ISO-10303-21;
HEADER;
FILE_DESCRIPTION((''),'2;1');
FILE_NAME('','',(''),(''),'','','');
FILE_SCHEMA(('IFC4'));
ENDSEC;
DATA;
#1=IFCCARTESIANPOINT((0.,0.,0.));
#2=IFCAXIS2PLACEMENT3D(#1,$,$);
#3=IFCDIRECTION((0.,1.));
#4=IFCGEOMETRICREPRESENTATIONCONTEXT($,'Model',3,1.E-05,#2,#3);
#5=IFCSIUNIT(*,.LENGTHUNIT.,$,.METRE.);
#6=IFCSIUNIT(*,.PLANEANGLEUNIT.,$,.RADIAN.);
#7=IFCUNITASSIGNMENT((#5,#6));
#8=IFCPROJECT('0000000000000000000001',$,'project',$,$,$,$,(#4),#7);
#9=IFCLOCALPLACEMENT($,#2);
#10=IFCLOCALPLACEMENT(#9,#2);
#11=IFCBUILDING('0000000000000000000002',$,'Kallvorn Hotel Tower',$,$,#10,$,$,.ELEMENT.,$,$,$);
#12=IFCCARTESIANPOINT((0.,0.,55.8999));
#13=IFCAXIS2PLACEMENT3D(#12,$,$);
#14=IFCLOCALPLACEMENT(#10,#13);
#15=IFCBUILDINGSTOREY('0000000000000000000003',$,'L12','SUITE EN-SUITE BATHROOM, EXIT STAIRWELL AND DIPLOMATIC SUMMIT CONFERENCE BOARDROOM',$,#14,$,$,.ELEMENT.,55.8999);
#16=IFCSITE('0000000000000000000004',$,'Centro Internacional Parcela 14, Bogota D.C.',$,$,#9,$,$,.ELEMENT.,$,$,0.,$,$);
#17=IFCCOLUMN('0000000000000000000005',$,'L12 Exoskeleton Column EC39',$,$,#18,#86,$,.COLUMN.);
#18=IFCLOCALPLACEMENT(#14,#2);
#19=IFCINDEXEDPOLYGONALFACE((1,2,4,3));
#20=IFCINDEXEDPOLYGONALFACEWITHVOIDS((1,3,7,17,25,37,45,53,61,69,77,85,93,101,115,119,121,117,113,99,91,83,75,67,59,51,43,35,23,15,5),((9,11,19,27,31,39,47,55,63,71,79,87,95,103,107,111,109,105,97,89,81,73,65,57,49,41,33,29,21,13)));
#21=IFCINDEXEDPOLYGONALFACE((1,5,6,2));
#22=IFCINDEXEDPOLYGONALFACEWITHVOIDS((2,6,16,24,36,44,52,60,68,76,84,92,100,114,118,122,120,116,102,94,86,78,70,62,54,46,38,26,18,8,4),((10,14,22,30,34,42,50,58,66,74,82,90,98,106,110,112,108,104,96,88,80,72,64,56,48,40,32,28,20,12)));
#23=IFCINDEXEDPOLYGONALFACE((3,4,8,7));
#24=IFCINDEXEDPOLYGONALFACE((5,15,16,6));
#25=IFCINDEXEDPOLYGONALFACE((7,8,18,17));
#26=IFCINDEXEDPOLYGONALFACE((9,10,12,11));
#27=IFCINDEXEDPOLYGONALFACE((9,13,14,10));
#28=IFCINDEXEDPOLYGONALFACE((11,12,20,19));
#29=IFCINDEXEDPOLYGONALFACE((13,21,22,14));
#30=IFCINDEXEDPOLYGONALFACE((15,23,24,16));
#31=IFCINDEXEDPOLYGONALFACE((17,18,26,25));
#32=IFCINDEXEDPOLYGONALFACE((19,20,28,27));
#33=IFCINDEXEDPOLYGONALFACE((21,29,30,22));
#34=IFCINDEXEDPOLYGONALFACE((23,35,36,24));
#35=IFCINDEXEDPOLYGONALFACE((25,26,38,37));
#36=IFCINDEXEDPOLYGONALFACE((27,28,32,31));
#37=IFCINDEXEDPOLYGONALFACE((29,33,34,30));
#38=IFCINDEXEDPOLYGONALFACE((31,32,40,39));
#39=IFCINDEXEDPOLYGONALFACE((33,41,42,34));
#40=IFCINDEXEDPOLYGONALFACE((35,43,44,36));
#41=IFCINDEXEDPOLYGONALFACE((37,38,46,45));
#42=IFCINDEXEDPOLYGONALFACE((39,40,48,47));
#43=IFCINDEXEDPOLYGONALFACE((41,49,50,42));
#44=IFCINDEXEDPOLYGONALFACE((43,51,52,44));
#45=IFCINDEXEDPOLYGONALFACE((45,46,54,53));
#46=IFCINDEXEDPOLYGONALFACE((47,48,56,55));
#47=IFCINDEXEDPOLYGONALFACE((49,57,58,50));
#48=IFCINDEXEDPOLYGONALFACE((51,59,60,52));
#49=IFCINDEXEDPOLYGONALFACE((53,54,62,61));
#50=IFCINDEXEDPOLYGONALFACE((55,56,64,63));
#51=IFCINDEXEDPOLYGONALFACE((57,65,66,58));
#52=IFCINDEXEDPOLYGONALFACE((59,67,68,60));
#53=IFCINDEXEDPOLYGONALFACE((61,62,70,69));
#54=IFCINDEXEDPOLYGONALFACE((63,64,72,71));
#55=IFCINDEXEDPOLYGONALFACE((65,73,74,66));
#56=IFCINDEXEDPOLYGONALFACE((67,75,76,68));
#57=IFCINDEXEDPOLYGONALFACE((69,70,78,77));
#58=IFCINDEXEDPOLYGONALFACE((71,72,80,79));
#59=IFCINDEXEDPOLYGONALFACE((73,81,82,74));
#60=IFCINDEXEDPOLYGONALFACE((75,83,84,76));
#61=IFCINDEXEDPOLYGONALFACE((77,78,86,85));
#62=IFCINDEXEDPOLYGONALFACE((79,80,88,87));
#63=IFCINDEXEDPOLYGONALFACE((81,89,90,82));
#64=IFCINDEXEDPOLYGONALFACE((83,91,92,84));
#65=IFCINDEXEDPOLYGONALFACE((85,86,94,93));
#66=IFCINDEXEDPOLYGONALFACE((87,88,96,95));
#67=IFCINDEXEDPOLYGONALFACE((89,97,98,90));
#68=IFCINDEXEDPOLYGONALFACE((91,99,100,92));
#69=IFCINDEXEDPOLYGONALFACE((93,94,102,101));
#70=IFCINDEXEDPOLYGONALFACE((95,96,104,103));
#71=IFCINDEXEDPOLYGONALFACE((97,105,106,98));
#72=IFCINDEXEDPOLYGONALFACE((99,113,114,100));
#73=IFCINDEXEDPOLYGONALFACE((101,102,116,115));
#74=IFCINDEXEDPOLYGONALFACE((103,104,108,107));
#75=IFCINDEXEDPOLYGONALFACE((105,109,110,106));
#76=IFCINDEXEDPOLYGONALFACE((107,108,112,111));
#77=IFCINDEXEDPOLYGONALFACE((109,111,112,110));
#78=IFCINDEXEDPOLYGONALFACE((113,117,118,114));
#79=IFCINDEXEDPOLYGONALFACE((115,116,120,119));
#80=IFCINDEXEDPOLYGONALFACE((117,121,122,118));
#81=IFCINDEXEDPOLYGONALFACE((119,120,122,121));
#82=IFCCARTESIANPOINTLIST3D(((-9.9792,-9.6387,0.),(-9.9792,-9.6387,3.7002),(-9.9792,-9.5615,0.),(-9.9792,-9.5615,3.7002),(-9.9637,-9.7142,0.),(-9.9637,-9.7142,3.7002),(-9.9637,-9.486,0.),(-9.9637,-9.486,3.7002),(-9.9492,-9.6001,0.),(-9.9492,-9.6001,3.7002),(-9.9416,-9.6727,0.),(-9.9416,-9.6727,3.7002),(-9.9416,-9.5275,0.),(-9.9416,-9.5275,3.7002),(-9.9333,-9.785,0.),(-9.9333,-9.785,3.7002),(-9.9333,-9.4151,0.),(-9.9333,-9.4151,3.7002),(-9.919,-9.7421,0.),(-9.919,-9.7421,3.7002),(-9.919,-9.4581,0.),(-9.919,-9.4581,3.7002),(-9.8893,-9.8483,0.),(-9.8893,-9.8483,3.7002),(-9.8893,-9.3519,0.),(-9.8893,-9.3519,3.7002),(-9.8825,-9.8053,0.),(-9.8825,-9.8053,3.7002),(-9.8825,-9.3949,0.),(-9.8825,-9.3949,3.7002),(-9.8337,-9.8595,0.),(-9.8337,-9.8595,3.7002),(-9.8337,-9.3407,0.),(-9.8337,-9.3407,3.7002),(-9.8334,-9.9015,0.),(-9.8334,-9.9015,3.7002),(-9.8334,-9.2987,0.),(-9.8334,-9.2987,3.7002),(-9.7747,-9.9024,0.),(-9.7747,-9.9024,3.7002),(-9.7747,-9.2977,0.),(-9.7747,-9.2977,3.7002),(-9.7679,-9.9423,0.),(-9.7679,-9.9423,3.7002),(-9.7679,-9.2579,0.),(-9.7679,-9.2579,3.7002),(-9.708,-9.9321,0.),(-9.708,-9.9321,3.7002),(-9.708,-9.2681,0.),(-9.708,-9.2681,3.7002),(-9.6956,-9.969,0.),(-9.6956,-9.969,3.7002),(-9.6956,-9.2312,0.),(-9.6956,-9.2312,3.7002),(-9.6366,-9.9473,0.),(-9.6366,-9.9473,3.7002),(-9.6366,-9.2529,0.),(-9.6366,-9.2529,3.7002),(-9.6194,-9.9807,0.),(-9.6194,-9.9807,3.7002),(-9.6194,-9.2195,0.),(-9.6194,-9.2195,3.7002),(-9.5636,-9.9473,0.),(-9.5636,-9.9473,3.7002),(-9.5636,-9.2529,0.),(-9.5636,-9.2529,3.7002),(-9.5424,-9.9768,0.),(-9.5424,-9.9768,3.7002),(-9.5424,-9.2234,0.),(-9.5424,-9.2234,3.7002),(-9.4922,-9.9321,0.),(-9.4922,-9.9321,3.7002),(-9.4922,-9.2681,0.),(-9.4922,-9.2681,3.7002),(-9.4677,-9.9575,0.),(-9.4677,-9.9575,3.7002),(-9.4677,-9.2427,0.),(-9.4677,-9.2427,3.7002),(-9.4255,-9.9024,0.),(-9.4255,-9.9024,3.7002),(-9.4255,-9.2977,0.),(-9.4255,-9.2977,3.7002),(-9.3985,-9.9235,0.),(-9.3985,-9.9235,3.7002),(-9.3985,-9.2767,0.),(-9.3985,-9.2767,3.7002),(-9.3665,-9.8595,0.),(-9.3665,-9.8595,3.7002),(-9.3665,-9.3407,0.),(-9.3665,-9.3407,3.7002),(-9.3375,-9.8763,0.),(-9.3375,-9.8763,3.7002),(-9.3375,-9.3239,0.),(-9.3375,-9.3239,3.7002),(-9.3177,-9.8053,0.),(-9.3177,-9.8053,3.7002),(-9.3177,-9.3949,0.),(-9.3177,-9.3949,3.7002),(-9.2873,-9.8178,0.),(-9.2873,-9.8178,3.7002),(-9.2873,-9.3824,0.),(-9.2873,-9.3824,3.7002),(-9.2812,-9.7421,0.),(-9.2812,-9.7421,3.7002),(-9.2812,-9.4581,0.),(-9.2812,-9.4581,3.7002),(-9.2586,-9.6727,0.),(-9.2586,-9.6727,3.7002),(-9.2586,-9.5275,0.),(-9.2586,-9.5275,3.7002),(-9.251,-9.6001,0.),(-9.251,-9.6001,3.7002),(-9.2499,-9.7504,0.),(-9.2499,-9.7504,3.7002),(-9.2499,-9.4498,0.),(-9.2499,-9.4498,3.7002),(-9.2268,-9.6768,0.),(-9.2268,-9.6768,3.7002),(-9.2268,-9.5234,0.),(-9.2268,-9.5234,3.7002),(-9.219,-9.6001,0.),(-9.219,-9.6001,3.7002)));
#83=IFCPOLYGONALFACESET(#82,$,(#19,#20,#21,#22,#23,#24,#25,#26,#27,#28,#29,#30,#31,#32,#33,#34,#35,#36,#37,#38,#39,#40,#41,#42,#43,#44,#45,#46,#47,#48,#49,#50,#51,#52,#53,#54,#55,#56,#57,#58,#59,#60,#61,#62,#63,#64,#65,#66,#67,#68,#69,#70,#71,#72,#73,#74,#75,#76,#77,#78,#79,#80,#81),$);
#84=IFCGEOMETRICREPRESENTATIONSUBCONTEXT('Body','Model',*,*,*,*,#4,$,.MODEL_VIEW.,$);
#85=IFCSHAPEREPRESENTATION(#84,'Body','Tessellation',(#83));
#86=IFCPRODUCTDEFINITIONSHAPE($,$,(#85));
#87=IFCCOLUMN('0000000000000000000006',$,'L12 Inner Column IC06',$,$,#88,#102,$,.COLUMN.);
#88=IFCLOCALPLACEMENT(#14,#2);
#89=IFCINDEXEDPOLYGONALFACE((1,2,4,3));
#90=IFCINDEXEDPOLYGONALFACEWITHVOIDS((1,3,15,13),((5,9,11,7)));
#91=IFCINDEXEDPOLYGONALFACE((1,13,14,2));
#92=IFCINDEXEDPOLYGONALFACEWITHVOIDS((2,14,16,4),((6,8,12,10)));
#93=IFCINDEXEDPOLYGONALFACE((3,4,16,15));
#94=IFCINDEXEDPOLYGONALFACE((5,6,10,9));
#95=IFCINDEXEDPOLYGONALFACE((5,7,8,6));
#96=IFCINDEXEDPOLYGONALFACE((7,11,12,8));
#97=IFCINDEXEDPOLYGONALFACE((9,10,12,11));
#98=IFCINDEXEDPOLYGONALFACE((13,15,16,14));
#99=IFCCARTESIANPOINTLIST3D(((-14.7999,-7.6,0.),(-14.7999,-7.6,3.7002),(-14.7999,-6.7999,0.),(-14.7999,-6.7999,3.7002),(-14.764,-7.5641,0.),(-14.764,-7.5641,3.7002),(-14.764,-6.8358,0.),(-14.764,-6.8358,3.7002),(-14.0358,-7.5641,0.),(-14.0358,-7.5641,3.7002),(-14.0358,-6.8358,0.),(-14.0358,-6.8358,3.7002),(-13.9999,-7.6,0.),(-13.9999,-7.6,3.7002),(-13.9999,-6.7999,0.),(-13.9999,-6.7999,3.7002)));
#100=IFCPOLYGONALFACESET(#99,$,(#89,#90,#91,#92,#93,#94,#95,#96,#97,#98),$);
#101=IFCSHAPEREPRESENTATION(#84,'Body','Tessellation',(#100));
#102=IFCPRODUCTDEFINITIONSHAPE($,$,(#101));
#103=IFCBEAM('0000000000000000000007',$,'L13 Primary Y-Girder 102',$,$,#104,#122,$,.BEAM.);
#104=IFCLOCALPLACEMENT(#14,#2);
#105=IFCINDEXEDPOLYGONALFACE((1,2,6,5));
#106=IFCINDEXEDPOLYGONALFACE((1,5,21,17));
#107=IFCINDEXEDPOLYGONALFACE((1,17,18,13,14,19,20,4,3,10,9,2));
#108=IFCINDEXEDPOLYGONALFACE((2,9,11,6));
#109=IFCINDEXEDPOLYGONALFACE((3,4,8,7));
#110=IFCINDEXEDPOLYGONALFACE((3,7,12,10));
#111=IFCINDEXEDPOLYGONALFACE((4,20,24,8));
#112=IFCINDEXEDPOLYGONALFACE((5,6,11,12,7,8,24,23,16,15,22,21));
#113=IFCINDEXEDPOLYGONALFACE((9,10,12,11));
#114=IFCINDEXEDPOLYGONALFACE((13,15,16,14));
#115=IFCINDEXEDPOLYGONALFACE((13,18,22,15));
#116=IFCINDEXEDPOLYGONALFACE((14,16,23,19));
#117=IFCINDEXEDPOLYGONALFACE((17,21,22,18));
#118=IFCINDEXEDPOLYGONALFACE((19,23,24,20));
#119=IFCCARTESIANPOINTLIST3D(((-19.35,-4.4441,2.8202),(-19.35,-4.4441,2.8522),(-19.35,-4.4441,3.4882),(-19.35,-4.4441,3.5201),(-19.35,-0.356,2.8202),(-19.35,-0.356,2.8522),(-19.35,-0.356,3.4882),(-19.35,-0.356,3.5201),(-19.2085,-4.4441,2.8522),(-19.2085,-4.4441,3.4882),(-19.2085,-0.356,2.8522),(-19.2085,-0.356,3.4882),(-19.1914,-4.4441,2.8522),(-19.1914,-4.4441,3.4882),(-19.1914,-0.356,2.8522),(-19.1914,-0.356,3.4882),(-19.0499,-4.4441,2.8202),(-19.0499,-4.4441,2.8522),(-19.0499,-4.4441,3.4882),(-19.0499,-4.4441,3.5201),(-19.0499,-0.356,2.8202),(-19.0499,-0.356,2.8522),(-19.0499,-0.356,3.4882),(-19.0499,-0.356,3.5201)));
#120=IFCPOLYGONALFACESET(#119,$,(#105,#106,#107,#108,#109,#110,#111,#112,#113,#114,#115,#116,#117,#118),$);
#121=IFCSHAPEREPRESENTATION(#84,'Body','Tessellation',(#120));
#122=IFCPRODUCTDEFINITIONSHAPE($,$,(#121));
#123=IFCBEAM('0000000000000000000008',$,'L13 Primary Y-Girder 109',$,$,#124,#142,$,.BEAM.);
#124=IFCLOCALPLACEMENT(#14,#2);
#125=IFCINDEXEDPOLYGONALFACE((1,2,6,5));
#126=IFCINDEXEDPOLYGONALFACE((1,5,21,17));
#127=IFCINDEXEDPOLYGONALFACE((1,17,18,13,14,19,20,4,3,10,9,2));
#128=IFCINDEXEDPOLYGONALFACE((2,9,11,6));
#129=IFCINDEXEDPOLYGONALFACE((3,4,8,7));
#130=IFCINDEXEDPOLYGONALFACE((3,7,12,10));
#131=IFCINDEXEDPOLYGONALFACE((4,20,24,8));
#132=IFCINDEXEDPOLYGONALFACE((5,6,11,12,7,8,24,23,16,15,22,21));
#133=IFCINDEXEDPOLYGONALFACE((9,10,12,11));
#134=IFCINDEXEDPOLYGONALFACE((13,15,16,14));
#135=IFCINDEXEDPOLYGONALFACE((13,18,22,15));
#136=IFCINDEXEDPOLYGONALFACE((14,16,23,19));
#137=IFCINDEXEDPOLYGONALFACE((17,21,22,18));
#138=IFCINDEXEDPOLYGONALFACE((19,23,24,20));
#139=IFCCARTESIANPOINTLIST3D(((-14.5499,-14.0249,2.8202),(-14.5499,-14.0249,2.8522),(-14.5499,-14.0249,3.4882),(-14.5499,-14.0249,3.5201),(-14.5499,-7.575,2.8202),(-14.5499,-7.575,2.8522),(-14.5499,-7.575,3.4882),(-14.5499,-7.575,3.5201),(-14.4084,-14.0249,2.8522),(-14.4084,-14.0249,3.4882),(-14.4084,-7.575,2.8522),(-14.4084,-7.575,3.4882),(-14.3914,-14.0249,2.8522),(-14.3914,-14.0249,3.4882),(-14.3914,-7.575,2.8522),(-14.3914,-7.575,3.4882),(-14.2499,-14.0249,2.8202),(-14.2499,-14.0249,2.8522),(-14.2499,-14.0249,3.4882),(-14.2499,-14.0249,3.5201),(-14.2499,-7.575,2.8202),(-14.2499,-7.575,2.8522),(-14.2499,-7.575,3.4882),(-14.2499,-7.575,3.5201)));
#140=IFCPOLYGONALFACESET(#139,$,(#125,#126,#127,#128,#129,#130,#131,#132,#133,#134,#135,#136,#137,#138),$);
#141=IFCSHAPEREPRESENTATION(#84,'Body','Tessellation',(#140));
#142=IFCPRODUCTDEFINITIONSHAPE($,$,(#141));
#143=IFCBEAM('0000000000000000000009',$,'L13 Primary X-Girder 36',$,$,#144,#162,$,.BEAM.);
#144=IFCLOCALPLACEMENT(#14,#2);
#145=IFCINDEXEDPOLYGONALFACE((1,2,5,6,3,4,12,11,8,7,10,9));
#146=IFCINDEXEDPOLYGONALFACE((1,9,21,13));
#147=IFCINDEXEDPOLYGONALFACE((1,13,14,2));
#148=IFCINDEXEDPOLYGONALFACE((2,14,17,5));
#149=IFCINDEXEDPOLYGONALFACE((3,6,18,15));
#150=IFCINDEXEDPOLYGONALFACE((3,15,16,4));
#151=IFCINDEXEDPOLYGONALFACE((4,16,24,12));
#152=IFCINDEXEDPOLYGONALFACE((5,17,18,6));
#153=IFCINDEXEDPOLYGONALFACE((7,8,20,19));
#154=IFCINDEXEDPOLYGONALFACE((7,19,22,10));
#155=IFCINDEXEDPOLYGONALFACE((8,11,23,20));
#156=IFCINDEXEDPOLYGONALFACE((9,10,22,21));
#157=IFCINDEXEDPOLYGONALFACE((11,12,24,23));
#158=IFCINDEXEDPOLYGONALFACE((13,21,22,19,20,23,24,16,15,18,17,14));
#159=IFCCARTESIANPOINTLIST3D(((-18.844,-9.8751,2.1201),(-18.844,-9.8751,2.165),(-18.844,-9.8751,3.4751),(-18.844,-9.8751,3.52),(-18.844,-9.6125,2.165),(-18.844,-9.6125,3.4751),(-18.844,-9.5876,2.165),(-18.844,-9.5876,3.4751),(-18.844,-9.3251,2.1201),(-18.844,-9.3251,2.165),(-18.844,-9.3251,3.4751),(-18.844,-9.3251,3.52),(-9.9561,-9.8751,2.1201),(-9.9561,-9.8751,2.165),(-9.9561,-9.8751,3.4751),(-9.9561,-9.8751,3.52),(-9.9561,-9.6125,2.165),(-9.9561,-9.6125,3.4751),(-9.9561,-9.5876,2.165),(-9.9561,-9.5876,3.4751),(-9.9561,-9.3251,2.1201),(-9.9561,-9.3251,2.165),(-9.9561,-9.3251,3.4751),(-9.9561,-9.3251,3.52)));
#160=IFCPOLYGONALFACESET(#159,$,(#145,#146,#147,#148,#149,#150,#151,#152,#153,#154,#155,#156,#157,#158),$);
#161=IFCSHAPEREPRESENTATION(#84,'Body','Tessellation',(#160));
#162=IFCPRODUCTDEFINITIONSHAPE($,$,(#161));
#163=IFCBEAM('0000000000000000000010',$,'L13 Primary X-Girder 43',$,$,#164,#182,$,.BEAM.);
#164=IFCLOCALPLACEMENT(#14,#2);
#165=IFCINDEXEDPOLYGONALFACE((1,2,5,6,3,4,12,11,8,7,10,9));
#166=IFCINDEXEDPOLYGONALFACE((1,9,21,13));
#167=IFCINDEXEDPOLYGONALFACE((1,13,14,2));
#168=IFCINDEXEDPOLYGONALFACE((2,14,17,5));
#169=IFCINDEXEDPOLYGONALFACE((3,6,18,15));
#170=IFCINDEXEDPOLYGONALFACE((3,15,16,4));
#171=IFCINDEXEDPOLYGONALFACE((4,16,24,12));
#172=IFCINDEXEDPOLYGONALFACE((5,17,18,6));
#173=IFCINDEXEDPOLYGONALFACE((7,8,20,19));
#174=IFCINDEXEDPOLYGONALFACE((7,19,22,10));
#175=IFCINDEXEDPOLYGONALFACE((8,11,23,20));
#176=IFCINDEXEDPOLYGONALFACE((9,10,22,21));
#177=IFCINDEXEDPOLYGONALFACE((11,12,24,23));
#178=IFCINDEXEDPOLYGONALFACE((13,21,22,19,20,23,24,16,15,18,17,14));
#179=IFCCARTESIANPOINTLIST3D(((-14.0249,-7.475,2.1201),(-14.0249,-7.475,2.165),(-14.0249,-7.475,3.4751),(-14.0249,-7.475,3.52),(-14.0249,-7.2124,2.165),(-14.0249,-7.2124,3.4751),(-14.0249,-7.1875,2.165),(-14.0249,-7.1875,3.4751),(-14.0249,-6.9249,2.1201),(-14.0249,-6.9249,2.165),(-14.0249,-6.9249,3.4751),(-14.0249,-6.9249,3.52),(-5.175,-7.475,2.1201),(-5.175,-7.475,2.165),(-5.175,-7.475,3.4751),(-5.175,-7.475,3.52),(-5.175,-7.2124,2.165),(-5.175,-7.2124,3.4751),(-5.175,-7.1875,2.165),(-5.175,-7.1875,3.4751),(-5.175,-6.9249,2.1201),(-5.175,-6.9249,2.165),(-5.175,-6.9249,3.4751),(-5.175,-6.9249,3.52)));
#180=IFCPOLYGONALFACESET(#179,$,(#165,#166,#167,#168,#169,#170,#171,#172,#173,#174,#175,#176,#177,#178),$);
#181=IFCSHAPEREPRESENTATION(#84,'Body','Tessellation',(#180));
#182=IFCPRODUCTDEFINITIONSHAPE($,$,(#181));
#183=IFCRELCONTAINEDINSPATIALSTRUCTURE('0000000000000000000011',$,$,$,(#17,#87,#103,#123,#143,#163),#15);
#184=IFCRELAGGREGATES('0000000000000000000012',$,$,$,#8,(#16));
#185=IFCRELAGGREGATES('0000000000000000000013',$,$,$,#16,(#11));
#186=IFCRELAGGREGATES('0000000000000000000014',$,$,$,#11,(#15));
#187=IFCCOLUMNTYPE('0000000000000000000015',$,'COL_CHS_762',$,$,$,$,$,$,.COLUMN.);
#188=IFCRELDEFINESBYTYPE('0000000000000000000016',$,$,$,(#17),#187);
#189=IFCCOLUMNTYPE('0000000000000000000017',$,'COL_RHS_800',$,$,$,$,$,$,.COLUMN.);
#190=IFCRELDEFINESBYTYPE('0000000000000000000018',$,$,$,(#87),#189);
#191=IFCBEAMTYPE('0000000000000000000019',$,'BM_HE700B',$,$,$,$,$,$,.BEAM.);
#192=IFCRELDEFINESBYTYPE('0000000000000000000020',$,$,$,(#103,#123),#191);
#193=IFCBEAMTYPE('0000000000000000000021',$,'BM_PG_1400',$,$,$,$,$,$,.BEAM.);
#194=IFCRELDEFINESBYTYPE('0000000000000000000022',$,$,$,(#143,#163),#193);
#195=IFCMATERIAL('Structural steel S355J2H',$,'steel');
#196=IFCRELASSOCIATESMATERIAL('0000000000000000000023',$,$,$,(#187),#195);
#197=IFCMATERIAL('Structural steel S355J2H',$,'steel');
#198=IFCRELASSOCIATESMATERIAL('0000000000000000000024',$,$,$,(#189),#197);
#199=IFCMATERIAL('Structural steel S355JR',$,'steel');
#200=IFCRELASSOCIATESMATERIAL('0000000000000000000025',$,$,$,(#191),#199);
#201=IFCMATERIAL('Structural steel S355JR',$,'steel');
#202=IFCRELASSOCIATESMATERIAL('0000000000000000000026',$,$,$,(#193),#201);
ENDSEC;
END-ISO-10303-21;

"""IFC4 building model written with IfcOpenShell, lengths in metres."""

from ifc_helpers import new_model, si_unit, direction, frame, origin, origin_2d, place, context, subcontext, project, spatial, hollow_rectangle, hollow_circle, i_section, extrude, material, material_profile, profile_set, type_object, element, save


model = new_model("IFC4")

# Units and contexts
model_context = context("Model", 3, precision=1e-05, world=origin(), true_north=direction((0.0, 1.0)))
body_context = subcontext(model_context, "Body", "Model", "MODEL_VIEW")
ifc_project = project(units=[si_unit("LENGTHUNIT", "METRE"), si_unit("PLANEANGLEUNIT", "RADIAN")], contexts=[model_context])

# Site, building, storey
site_placement = place(None, origin())
site = spatial("IfcSite", under=ifc_project, at=site_placement, Name="Centro Internacional Parcela 14, Bogota D.C.", CompositionType="ELEMENT", RefElevation=0.0)
building_placement = place(site_placement, origin())
building = spatial("IfcBuilding", under=site, at=building_placement, Name="Kallvorn Hotel Tower", CompositionType="ELEMENT")
storey_placement = place(building_placement, frame((0.0, 0.0, 55.8999)))
storey = spatial("IfcBuildingStorey", under=building, at=storey_placement, Name="L12", Description="SUITE EN-SUITE BATHROOM, EXIT STAIRWELL AND DIPLOMATIC SUMMIT CONFERENCE BOARDROOM", CompositionType="ELEMENT", Elevation=55.8999)

# Columns
ifc_material_1 = material(Name="Structural steel S355J2H", Category="steel")
ifc_material_profile_1 = material_profile(ifc_material_1, hollow_circle(Radius=0.3811, WallThickness=0.032, at=origin_2d()), Name="CHS 762x32")
ifc_profile_set_1 = profile_set([ifc_material_profile_1], Name="Structural steel S355J2H")
column_type_1 = type_object("IfcColumnType", Name="COL_CHS_762", PredefinedType="COLUMN", material=ifc_profile_set_1)
column_1_placement = place(storey_placement, frame((-9.6001, -9.6001, 0.0), z_axis=(0.0, 0.0, 1.0), x_axis=(1.0, 0.0, 0.0)))
element("IfcColumn", 1, at=column_1_placement, inside=storey, type_object=column_type_1, Name="L12 Exoskeleton Column EC39", PredefinedType="COLUMN", context=body_context, shape_type="SweptSolid", body=[
    extrude(hollow_circle(Radius=0.3811, WallThickness=0.032, at=origin_2d()), origin(), (0.0, 0.0, 1.0), 3.7002),
])
ifc_material_2 = material(Name="Structural steel S355J2H", Category="steel")
ifc_material_profile_2 = material_profile(ifc_material_2, hollow_rectangle(XDim=0.8, YDim=0.8, WallThickness=0.0359, at=origin_2d()), Name="RHS 800x800x36")
ifc_profile_set_2 = profile_set([ifc_material_profile_2], Name="Structural steel S355J2H")
column_type_2 = type_object("IfcColumnType", Name="COL_RHS_800", PredefinedType="COLUMN", material=ifc_profile_set_2)
column_2_placement = place(storey_placement, frame((-14.3999, -7.2, 0.0), z_axis=(0.0, 0.0, 1.0), x_axis=(1.0, 0.0, 0.0)))
element("IfcColumn", 2, at=column_2_placement, inside=storey, type_object=column_type_2, Name="L12 Inner Column IC06", PredefinedType="COLUMN", context=body_context, shape_type="SweptSolid", body=[
    extrude(hollow_rectangle(XDim=0.8, YDim=0.8, WallThickness=0.0359, at=origin_2d()), origin(), (0.0, 0.0, 1.0), 3.7002),
])

# Beams
ifc_material_3 = material(Name="Structural steel S355JR", Category="steel")
ifc_material_profile_3 = material_profile(ifc_material_3, i_section(OverallWidth=0.3, OverallDepth=0.7, WebThickness=0.0171, FlangeThickness=0.032, at=origin_2d()), Name="HE 700 B")
ifc_profile_set_3 = profile_set([ifc_material_profile_3], Name="Structural steel S355JR")
beam_type_1 = type_object("IfcBeamType", Name="BM_HE700B", PredefinedType="BEAM", material=ifc_profile_set_3)
beam_1_placement = place(storey_placement, frame((-19.2, -4.4441, 3.1702), z_axis=(0.0, 1.0, 0.0), x_axis=(-1.0, 0.0, 0.0)))
element("IfcBeam", 3, at=beam_1_placement, inside=storey, type_object=beam_type_1, Name="L13 Primary Y-Girder 102", PredefinedType="BEAM", context=body_context, shape_type="SweptSolid", body=[
    extrude(i_section(OverallWidth=0.3, OverallDepth=0.7, WebThickness=0.0171, FlangeThickness=0.032, at=origin_2d()), origin(), (0.0, 0.0, 1.0), 4.0881),
])
beam_2_placement = place(storey_placement, frame((-14.3999, -14.0249, 3.1702), z_axis=(0.0, 1.0, 0.0), x_axis=(-1.0, 0.0, 0.0)))
element("IfcBeam", 4, at=beam_2_placement, inside=storey, type_object=beam_type_1, Name="L13 Primary Y-Girder 109", PredefinedType="BEAM", context=body_context, shape_type="SweptSolid", body=[
    extrude(i_section(OverallWidth=0.3, OverallDepth=0.7, WebThickness=0.0171, FlangeThickness=0.032, at=origin_2d()), origin(), (0.0, 0.0, 1.0), 6.45),
])
ifc_material_4 = material(Name="Structural steel S355JR", Category="steel")
ifc_material_profile_4 = material_profile(ifc_material_4, i_section(OverallWidth=0.55, OverallDepth=1.3999, WebThickness=0.0249, FlangeThickness=0.0449, at=origin_2d()), Name="PG 1400x550x25x45")
ifc_profile_set_4 = profile_set([ifc_material_profile_4], Name="Structural steel S355JR")
beam_type_2 = type_object("IfcBeamType", Name="BM_PG_1400", PredefinedType="BEAM", material=ifc_profile_set_4)
beam_3_placement = place(storey_placement, frame((-18.844, -9.6001, 2.8201), z_axis=(1.0, 0.0, 0.0), x_axis=(0.0, 1.0, 0.0)))
element("IfcBeam", 5, at=beam_3_placement, inside=storey, type_object=beam_type_2, Name="L13 Primary X-Girder 36", PredefinedType="BEAM", context=body_context, shape_type="SweptSolid", body=[
    extrude(i_section(OverallWidth=0.55, OverallDepth=1.3999, WebThickness=0.0249, FlangeThickness=0.0449, at=origin_2d()), origin(), (0.0, 0.0, 1.0), 8.8879),
])
beam_4_placement = place(storey_placement, frame((-14.0249, -7.2, 2.8201), z_axis=(1.0, 0.0, 0.0), x_axis=(0.0, 1.0, 0.0)))
element("IfcBeam", 6, at=beam_4_placement, inside=storey, type_object=beam_type_2, Name="L13 Primary X-Girder 43", PredefinedType="BEAM", context=body_context, shape_type="SweptSolid", body=[
    extrude(i_section(OverallWidth=0.55, OverallDepth=1.3999, WebThickness=0.0249, FlangeThickness=0.0449, at=origin_2d()), origin(), (0.0, 0.0, 1.0), 8.8499),
])

save(model, "model.ifc")
